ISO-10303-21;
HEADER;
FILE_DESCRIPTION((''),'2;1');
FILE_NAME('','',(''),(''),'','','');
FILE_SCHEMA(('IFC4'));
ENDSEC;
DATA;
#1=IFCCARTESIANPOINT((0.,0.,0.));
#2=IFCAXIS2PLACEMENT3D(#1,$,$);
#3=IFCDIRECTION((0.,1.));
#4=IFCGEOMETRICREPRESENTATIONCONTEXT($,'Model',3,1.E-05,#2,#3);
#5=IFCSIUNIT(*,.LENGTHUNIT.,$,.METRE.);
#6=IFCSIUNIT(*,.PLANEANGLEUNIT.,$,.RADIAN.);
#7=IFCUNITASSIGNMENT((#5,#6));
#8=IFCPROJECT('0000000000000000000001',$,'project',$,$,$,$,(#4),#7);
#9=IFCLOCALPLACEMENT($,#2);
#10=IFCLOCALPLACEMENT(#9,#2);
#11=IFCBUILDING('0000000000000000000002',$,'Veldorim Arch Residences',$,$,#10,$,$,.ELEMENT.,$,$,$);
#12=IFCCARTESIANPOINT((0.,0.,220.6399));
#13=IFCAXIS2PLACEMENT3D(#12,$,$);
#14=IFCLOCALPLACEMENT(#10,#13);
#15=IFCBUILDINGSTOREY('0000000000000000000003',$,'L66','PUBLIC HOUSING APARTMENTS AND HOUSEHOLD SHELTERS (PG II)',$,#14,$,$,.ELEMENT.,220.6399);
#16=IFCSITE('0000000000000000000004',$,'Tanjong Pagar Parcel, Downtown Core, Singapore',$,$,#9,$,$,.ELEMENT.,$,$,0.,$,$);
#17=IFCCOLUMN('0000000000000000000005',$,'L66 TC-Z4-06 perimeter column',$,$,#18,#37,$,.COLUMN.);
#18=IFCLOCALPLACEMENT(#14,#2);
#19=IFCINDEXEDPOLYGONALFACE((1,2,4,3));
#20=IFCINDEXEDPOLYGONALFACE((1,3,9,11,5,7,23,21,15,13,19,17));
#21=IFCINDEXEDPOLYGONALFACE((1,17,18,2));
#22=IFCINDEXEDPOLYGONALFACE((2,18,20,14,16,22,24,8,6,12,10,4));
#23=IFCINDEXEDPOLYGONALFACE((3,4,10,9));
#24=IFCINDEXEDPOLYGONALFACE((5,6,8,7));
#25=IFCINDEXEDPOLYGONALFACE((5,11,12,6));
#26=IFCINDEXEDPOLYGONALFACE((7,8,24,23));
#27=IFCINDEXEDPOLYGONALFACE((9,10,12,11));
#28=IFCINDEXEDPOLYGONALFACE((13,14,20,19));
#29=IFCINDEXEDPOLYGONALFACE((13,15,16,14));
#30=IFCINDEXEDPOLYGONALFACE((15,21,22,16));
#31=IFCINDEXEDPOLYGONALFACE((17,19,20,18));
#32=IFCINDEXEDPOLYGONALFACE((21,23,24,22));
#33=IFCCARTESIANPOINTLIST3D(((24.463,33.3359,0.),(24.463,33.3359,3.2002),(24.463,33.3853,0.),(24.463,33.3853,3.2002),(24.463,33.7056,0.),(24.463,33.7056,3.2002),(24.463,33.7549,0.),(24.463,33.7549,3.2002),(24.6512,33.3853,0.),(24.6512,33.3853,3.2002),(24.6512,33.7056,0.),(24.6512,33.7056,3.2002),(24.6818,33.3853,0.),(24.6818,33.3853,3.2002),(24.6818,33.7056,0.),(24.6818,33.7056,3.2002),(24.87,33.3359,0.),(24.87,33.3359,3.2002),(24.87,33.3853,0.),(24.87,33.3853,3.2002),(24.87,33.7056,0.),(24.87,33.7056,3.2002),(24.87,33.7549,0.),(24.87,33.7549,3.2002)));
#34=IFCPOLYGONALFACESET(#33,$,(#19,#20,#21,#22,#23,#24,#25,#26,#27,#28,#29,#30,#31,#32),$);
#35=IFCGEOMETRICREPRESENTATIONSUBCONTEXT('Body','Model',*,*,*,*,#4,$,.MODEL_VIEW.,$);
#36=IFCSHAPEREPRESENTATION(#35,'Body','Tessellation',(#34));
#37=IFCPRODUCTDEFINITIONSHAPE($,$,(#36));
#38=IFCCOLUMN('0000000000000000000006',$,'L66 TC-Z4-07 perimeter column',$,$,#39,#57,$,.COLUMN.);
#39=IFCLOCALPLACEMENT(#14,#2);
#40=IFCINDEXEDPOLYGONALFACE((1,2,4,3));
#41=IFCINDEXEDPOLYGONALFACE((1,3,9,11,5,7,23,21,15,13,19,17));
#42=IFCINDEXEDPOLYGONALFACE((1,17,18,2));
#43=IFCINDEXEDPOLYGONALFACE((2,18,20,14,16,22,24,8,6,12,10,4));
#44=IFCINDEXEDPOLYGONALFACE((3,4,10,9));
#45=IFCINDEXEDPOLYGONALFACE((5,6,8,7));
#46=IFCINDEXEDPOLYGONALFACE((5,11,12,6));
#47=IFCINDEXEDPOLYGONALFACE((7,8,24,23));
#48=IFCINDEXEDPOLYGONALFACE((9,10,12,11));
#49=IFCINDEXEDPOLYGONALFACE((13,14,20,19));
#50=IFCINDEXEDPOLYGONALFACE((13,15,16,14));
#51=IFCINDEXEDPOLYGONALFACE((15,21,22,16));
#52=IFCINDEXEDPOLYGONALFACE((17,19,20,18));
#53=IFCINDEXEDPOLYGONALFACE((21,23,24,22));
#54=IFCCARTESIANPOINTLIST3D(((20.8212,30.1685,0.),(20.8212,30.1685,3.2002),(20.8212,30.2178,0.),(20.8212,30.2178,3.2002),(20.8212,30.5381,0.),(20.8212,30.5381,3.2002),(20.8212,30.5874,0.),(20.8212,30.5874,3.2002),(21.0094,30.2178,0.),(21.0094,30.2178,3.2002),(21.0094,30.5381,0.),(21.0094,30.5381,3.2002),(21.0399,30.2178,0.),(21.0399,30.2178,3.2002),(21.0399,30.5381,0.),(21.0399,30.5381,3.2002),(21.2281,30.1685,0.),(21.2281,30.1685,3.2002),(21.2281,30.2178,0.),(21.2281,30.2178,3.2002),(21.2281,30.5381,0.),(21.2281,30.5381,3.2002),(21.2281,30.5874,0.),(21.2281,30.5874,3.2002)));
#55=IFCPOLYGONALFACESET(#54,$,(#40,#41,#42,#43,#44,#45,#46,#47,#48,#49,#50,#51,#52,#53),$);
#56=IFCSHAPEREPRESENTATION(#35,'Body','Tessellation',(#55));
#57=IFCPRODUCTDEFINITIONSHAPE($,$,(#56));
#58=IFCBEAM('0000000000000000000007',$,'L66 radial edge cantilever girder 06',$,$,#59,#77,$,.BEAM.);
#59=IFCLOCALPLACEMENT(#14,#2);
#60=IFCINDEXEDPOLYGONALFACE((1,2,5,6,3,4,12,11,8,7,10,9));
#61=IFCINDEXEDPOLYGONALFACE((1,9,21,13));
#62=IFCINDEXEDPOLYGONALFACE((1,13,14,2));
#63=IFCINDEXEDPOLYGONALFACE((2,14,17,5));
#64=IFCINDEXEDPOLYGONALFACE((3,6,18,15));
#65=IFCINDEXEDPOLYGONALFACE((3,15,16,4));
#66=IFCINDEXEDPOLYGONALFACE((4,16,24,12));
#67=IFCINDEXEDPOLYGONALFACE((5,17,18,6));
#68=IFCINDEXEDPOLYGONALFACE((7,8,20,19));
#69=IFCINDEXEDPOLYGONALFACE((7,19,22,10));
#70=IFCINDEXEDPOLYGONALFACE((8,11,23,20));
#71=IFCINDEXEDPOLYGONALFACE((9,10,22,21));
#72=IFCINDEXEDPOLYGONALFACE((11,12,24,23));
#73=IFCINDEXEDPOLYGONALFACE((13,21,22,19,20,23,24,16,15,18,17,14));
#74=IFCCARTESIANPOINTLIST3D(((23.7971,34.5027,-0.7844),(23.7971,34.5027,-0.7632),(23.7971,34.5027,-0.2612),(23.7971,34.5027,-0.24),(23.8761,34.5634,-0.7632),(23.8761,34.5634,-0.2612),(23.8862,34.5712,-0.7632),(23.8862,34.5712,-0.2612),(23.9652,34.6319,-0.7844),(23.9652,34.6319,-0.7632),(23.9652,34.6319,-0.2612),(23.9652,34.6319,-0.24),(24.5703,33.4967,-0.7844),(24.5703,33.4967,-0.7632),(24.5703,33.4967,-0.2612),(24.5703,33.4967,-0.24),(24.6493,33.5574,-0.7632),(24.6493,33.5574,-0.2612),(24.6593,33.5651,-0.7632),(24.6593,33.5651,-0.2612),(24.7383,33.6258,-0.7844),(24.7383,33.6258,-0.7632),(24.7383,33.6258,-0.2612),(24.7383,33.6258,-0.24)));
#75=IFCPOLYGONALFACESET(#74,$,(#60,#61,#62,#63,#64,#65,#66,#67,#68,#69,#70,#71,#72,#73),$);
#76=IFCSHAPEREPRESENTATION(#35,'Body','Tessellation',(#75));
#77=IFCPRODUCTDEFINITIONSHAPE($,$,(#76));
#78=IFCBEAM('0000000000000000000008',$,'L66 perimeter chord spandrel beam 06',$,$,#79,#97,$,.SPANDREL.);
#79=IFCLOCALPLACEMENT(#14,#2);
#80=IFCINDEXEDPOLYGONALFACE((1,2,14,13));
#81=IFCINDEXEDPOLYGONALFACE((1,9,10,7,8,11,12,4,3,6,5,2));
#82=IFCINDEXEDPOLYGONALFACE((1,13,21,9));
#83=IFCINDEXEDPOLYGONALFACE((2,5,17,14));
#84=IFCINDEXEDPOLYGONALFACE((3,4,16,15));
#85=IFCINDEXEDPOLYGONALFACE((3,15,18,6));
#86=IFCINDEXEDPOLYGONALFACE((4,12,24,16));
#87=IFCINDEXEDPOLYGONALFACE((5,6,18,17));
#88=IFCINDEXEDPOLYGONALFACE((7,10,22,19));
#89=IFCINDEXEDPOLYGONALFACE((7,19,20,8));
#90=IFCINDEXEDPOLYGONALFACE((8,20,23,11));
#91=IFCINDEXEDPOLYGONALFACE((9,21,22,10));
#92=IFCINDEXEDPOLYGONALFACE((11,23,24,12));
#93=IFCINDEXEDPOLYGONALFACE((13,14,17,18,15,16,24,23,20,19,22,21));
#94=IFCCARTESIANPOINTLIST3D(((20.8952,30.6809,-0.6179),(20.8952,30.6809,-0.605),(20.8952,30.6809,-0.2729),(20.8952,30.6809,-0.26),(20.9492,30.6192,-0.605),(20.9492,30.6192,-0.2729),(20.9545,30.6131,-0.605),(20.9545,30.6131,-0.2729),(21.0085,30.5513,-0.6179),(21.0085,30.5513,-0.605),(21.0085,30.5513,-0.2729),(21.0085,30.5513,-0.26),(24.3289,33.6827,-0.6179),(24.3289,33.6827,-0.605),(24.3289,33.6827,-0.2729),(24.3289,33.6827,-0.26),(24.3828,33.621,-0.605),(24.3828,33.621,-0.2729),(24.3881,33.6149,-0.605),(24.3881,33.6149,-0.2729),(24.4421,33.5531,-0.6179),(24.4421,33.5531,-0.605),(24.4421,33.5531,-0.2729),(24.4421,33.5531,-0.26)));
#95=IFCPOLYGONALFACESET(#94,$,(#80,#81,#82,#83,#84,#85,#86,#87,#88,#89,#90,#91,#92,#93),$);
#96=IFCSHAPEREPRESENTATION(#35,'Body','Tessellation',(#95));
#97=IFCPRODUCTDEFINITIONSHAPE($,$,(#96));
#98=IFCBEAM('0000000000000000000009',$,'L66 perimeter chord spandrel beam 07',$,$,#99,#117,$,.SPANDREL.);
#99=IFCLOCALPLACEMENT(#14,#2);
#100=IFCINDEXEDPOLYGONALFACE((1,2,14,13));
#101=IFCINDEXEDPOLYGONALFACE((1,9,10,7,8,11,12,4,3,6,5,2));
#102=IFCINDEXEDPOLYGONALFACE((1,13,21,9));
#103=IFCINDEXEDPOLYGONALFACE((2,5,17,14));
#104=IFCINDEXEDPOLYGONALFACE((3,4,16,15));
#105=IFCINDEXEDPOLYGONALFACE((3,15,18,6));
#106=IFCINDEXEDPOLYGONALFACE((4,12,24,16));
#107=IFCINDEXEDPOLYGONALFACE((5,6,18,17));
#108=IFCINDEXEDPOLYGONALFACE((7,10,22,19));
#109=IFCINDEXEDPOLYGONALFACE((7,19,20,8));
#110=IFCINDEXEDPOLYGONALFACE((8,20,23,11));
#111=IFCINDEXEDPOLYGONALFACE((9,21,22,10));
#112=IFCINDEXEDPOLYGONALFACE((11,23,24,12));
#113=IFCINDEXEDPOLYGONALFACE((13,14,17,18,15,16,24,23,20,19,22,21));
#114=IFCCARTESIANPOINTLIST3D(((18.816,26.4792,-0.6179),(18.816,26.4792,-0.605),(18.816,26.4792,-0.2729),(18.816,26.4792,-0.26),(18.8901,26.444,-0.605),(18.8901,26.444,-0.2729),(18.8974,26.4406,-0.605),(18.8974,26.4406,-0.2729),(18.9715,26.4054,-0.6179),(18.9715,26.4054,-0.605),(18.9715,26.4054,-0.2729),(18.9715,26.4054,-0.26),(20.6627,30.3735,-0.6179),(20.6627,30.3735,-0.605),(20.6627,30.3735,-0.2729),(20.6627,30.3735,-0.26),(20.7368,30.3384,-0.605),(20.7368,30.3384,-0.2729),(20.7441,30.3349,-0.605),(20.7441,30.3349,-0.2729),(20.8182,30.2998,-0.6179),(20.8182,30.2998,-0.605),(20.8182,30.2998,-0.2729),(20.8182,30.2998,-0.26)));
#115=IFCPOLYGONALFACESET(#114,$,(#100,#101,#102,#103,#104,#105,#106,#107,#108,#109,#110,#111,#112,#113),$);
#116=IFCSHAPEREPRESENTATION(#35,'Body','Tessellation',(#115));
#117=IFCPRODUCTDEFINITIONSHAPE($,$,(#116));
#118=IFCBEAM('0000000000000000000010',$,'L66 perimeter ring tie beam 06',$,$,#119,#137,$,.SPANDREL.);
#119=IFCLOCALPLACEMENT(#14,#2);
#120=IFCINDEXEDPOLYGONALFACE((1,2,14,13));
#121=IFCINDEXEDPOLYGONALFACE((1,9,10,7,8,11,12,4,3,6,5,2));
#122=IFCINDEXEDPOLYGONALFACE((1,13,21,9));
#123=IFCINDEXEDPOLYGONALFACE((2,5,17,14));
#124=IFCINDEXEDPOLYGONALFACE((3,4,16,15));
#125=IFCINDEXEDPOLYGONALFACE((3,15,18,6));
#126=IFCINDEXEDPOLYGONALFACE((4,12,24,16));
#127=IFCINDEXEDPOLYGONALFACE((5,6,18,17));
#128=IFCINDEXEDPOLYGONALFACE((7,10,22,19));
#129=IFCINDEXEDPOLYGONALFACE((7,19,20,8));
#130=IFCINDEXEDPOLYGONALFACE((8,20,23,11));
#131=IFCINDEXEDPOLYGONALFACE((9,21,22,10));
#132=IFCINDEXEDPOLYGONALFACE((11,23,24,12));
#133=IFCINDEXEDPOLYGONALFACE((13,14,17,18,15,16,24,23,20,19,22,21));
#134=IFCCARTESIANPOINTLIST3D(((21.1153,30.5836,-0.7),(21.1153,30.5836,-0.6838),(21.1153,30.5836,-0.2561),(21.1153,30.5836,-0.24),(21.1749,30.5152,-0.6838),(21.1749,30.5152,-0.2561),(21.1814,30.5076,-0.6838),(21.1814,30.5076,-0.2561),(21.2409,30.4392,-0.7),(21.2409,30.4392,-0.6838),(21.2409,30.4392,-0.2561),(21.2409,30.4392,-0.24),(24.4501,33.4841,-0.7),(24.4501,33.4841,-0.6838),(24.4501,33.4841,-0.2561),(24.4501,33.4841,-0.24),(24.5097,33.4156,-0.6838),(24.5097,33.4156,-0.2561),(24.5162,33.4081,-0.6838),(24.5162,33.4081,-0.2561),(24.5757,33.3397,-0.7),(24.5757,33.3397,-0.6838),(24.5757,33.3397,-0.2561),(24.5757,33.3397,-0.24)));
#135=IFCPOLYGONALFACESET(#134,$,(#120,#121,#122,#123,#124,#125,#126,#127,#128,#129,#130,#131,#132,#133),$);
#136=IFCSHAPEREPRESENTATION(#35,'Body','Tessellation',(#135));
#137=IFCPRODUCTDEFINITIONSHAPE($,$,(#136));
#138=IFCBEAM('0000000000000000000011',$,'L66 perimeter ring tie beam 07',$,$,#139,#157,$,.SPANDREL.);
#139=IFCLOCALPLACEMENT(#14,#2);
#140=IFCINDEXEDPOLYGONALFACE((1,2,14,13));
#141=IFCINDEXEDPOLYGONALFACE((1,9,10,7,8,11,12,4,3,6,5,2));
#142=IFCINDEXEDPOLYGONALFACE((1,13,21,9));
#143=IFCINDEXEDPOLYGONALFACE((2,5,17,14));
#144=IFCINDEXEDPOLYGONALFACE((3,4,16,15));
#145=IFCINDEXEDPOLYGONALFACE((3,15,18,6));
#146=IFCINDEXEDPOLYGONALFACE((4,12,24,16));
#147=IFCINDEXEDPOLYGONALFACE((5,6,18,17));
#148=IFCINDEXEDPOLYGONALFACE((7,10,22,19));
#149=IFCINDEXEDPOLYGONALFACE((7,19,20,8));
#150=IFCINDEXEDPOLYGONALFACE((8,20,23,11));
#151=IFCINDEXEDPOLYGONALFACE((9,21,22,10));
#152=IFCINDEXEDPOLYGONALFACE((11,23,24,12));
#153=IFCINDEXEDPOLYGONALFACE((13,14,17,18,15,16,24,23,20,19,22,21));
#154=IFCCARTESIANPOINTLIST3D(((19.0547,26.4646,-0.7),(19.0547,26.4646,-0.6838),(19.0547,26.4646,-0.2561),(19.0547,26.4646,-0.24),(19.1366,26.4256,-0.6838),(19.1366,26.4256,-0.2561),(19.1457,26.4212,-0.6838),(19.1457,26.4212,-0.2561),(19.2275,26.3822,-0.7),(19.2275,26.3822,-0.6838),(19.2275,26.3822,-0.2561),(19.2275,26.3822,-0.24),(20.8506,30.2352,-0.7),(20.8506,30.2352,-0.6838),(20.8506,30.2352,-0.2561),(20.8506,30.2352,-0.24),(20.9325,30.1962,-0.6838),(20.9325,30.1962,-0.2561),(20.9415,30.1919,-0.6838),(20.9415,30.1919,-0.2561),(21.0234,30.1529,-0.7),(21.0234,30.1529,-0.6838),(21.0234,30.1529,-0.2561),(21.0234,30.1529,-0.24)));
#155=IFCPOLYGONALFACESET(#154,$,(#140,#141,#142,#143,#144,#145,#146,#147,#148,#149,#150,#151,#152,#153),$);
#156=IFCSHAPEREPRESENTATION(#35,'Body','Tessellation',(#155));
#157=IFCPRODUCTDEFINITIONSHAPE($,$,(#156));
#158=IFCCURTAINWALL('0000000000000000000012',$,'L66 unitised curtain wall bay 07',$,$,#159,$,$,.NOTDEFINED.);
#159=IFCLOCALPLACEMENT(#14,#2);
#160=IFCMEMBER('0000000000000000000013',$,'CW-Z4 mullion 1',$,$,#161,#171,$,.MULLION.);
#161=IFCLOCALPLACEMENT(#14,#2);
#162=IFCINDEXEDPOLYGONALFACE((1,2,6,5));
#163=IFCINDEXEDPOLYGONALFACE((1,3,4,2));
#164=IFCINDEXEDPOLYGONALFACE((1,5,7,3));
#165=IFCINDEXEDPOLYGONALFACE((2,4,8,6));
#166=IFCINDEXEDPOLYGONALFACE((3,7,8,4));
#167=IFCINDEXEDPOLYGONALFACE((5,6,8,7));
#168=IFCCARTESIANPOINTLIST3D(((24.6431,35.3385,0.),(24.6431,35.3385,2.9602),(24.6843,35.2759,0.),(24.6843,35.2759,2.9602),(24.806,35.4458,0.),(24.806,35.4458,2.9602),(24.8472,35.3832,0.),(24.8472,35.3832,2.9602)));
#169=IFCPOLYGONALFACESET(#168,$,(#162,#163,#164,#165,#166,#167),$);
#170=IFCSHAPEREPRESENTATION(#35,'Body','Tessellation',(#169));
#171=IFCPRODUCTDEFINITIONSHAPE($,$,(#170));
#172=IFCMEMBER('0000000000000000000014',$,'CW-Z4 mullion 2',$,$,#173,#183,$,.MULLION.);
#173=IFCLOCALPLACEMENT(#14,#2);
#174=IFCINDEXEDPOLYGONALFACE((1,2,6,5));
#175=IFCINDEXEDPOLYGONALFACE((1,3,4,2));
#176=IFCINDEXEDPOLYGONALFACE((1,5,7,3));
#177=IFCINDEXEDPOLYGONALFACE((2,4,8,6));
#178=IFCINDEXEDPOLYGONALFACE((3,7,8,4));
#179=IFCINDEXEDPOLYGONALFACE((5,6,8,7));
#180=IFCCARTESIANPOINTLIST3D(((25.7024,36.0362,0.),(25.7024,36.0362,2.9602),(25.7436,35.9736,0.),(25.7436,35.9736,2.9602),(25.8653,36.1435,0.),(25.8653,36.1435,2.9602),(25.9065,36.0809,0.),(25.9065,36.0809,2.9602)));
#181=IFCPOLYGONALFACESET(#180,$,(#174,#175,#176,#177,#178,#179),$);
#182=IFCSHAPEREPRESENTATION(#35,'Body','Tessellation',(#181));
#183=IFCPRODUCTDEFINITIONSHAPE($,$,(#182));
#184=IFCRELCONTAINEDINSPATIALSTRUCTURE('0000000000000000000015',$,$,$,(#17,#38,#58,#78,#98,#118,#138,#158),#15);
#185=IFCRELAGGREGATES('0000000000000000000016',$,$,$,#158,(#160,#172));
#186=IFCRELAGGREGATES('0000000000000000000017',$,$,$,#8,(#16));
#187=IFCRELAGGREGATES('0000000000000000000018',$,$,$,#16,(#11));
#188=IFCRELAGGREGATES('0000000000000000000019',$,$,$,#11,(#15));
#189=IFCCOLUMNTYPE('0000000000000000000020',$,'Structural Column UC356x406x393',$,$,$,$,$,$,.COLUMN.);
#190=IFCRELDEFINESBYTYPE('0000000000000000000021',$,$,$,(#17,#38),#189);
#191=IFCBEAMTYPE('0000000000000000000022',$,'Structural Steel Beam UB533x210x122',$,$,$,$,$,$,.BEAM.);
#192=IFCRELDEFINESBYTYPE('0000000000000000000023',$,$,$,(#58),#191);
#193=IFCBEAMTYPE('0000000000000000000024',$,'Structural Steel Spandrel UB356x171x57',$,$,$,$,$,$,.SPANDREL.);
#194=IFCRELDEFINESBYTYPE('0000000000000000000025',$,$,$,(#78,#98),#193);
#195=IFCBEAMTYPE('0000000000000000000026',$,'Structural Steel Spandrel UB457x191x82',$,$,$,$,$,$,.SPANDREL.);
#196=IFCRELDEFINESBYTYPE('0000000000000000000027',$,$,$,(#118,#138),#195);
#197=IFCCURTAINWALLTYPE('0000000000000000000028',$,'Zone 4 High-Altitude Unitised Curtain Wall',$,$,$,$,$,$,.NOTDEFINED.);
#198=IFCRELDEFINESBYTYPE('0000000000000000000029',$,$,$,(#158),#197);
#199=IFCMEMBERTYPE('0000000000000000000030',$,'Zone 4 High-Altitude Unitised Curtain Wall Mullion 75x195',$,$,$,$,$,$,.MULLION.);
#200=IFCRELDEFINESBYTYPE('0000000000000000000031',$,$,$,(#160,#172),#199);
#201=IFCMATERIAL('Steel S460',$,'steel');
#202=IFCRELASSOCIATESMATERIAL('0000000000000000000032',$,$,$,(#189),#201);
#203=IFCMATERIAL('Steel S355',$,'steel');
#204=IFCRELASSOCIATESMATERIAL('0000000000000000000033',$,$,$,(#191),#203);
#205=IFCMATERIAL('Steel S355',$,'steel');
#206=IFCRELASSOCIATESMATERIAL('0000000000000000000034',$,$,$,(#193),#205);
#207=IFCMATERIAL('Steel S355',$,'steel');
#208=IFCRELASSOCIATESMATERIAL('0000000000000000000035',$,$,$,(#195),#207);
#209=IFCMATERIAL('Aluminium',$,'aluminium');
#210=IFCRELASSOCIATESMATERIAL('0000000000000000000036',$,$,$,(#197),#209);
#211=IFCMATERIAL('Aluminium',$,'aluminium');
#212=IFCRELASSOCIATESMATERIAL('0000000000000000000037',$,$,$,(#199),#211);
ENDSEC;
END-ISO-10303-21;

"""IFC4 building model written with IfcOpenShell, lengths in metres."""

from ifc_helpers import new_model, si_unit, direction, frame, origin, origin_2d, place, context, subcontext, project, spatial, rectangle, i_section, extrude, material, material_profile, profile_set, type_object, element, aggregate, save


model = new_model("IFC4")

# Units and contexts
model_context = context("Model", 3, precision=1e-05, world=origin(), true_north=direction((0.0, 1.0)))
body_context = subcontext(model_context, "Body", "Model", "MODEL_VIEW")
ifc_project = project(units=[si_unit("LENGTHUNIT", "METRE"), si_unit("PLANEANGLEUNIT", "RADIAN")], contexts=[model_context])

# Site, building, storey
site_placement = place(None, origin())
site = spatial("IfcSite", under=ifc_project, at=site_placement, Name="Tanjong Pagar Parcel, Downtown Core, Singapore", CompositionType="ELEMENT", RefElevation=0.0)
building_placement = place(site_placement, origin())
building = spatial("IfcBuilding", under=site, at=building_placement, Name="Veldorim Arch Residences", CompositionType="ELEMENT")
storey_placement = place(building_placement, frame((0.0, 0.0, 220.6399)))
storey = spatial("IfcBuildingStorey", under=building, at=storey_placement, Name="L66", Description="PUBLIC HOUSING APARTMENTS AND HOUSEHOLD SHELTERS (PG II)", CompositionType="ELEMENT", Elevation=220.6399)

# Columns
ifc_material_1 = material(Name="Steel S460", Category="steel")
ifc_material_profile_1 = material_profile(ifc_material_1, i_section(OverallWidth=0.407, OverallDepth=0.4189, WebThickness=0.0305, FlangeThickness=0.0493, at=origin_2d()), Name="UC356x406x393")
ifc_profile_set_1 = profile_set([ifc_material_profile_1], Name="Steel S460")
column_type = type_object("IfcColumnType", Name="Structural Column UC356x406x393", PredefinedType="COLUMN", material=ifc_profile_set_1)
for number, where, z_axis, x_axis, name in (
    (1, (24.6665, 33.5454, 0.0), (0.0, 0.0, 1.0), (1.0, 0.0, 0.0), "L66 TC-Z4-06 perimeter column"),
    (2, (21.0247, 30.3779, 0.0), (0.0, 0.0, 1.0), (1.0, 0.0, 0.0), "L66 TC-Z4-07 perimeter column"),
):
    element("IfcColumn", number, at=place(storey_placement, frame(where, z_axis=z_axis, x_axis=x_axis)), inside=storey, type_object=column_type, Name=name, PredefinedType="COLUMN", context=body_context, shape_type="SweptSolid", body=[
        extrude(i_section(OverallWidth=0.407, OverallDepth=0.4189, WebThickness=0.0305, FlangeThickness=0.0493, at=origin_2d()), origin(), (0.0, 0.0, 1.0), 3.2002),
    ])

# Beams
ifc_material_2 = material(Name="Steel S355", Category="steel")
ifc_material_profile_2 = material_profile(ifc_material_2, i_section(OverallWidth=0.2119, OverallDepth=0.5444, WebThickness=0.0127, FlangeThickness=0.0212, at=origin_2d()), Name="UB533x210x122")
ifc_profile_set_2 = profile_set([ifc_material_profile_2], Name="Steel S355")
beam_type_1 = type_object("IfcBeamType", Name="Structural Steel Beam UB533x210x122", PredefinedType="BEAM", material=ifc_profile_set_2)
beam_1_placement = place(storey_placement, frame((24.6543, 33.5613, -0.5122), z_axis=(-0.609348, 0.792903, 0.0), x_axis=(-0.792903, -0.609348, 0.0)))
element("IfcBeam", 3, at=beam_1_placement, inside=storey, type_object=beam_type_1, Name="L66 radial edge cantilever girder 06", PredefinedType="BEAM", context=body_context, shape_type="SweptSolid", body=[
    extrude(i_section(OverallWidth=0.2119, OverallDepth=0.5444, WebThickness=0.0127, FlangeThickness=0.0212, at=origin_2d()), origin(), (0.0, 0.0, 1.0), 1.2688),
])
ifc_material_3 = material(Name="Steel S355", Category="steel")
ifc_material_profile_3 = material_profile(ifc_material_3, i_section(OverallWidth=0.1721, OverallDepth=0.3579, WebThickness=0.0081, FlangeThickness=0.0129, at=origin_2d()), Name="UB356x171x57")
ifc_profile_set_3 = profile_set([ifc_material_profile_3], Name="Steel S355")
beam_type_2 = type_object("IfcBeamType", Name="Structural Steel Spandrel UB356x171x57", PredefinedType="SPANDREL", material=ifc_profile_set_3)
beam_2_placement = place(storey_placement, frame((24.3855, 33.6179, -0.439), z_axis=(-0.752868, -0.658171, 0.0), x_axis=(0.658171, -0.752868, 0.0)))
element("IfcBeam", 4, at=beam_2_placement, inside=storey, type_object=beam_type_2, Name="L66 perimeter chord spandrel beam 06", PredefinedType="SPANDREL", context=body_context, shape_type="SweptSolid", body=[
    extrude(i_section(OverallWidth=0.1721, OverallDepth=0.3579, WebThickness=0.0081, FlangeThickness=0.0129, at=origin_2d()), origin(), (0.0, 0.0, 1.0), 4.5608),
])
beam_3_placement = place(storey_placement, frame((20.7405, 30.3367, -0.439), z_axis=(-0.428469, -0.903557, 0.0), x_axis=(0.903557, -0.428469, 0.0)))
element("IfcBeam", 5, at=beam_3_placement, inside=storey, type_object=beam_type_2, Name="L66 perimeter chord spandrel beam 07", PredefinedType="SPANDREL", context=body_context, shape_type="SweptSolid", body=[
    extrude(i_section(OverallWidth=0.1721, OverallDepth=0.3579, WebThickness=0.0081, FlangeThickness=0.0129, at=origin_2d()), origin(), (0.0, 0.0, 1.0), 4.3101),
])
ifc_material_4 = material(Name="Steel S355", Category="steel")
ifc_material_profile_4 = material_profile(ifc_material_4, i_section(OverallWidth=0.1914, OverallDepth=0.46, WebThickness=0.01, FlangeThickness=0.0161, at=origin_2d()), Name="UB457x191x82")
ifc_profile_set_4 = profile_set([ifc_material_profile_4], Name="Steel S355")
beam_type_3 = type_object("IfcBeamType", Name="Structural Steel Spandrel UB457x191x82", PredefinedType="SPANDREL", material=ifc_profile_set_4)
beam_4_placement = place(storey_placement, frame((24.5129, 33.4119, -0.47), z_axis=(-0.754534, -0.656261, 0.0), x_axis=(0.656261, -0.754534, 0.0)))
element("IfcBeam", 6, at=beam_4_placement, inside=storey, type_object=beam_type_3, Name="L66 perimeter ring tie beam 06", PredefinedType="SPANDREL", context=body_context, shape_type="SweptSolid", body=[
    extrude(i_section(OverallWidth=0.1914, OverallDepth=0.46, WebThickness=0.01, FlangeThickness=0.0161, at=origin_2d()), origin(), (0.0, 0.0, 1.0), 4.4197),
])
beam_5_placement = place(storey_placement, frame((20.937, 30.1941, -0.47), z_axis=(-0.429993, -0.902832, 0.0), x_axis=(0.902832, -0.429993, 0.0)))
element("IfcBeam", 7, at=beam_5_placement, inside=storey, type_object=beam_type_3, Name="L66 perimeter ring tie beam 07", PredefinedType="SPANDREL", context=body_context, shape_type="SweptSolid", body=[
    extrude(i_section(OverallWidth=0.1914, OverallDepth=0.46, WebThickness=0.01, FlangeThickness=0.0161, at=origin_2d()), origin(), (0.0, 0.0, 1.0), 4.1765),
])

# Curtain wall, members
ifc_material_5 = material(Name="Aluminium", Category="aluminium")
curtain_wall_type = type_object("IfcCurtainWallType", Name="Zone 4 High-Altitude Unitised Curtain Wall", PredefinedType="NOTDEFINED", material=ifc_material_5)
curtain_wall_placement = place(storey_placement, origin())
curtain_wall = element("IfcCurtainWall", 8, at=curtain_wall_placement, inside=storey, type_object=curtain_wall_type, Name="L66 unitised curtain wall bay 07", PredefinedType="NOTDEFINED")
ifc_material_6 = material(Name="Aluminium", Category="aluminium")
ifc_material_profile_5 = material_profile(ifc_material_6, rectangle(XDim=0.075, YDim=0.1951, at=origin_2d()), Name="ALU_MUL_75x195")
ifc_profile_set_5 = profile_set([ifc_material_profile_5], Name="Aluminium")
member_type_1 = type_object("IfcMemberType", Name="Zone 4 High-Altitude Unitised Curtain Wall Mullion 75x195", PredefinedType="MULLION", material=ifc_profile_set_5)
member_1_placement = place(storey_placement, frame((24.7451, 35.3608, 0.0), z_axis=(0.0, 0.0, 1.0), x_axis=(-0.550062, 0.835124, 0.0)))
member_1 = element("IfcMember", 9, at=member_1_placement, type_object=member_type_1, Name="CW-Z4 mullion 1", PredefinedType="MULLION", context=body_context, shape_type="SweptSolid", body=[
    extrude(rectangle(XDim=0.075, YDim=0.1951, at=origin_2d()), origin(), (0.0, 0.0, 1.0), 2.9602),
])
member_2_placement = place(storey_placement, frame((25.8044, 36.0586, 0.0), z_axis=(0.0, 0.0, 1.0), x_axis=(-0.550062, 0.835124, 0.0)))
member_2 = element("IfcMember", 10, at=member_2_placement, type_object=member_type_1, Name="CW-Z4 mullion 2", PredefinedType="MULLION", context=body_context, shape_type="SweptSolid", body=[
    extrude(rectangle(XDim=0.075, YDim=0.1951, at=origin_2d()), origin(), (0.0, 0.0, 1.0), 2.9602),
])
aggregate(curtain_wall, [member_1, member_2])

save(model, "model.ifc")
